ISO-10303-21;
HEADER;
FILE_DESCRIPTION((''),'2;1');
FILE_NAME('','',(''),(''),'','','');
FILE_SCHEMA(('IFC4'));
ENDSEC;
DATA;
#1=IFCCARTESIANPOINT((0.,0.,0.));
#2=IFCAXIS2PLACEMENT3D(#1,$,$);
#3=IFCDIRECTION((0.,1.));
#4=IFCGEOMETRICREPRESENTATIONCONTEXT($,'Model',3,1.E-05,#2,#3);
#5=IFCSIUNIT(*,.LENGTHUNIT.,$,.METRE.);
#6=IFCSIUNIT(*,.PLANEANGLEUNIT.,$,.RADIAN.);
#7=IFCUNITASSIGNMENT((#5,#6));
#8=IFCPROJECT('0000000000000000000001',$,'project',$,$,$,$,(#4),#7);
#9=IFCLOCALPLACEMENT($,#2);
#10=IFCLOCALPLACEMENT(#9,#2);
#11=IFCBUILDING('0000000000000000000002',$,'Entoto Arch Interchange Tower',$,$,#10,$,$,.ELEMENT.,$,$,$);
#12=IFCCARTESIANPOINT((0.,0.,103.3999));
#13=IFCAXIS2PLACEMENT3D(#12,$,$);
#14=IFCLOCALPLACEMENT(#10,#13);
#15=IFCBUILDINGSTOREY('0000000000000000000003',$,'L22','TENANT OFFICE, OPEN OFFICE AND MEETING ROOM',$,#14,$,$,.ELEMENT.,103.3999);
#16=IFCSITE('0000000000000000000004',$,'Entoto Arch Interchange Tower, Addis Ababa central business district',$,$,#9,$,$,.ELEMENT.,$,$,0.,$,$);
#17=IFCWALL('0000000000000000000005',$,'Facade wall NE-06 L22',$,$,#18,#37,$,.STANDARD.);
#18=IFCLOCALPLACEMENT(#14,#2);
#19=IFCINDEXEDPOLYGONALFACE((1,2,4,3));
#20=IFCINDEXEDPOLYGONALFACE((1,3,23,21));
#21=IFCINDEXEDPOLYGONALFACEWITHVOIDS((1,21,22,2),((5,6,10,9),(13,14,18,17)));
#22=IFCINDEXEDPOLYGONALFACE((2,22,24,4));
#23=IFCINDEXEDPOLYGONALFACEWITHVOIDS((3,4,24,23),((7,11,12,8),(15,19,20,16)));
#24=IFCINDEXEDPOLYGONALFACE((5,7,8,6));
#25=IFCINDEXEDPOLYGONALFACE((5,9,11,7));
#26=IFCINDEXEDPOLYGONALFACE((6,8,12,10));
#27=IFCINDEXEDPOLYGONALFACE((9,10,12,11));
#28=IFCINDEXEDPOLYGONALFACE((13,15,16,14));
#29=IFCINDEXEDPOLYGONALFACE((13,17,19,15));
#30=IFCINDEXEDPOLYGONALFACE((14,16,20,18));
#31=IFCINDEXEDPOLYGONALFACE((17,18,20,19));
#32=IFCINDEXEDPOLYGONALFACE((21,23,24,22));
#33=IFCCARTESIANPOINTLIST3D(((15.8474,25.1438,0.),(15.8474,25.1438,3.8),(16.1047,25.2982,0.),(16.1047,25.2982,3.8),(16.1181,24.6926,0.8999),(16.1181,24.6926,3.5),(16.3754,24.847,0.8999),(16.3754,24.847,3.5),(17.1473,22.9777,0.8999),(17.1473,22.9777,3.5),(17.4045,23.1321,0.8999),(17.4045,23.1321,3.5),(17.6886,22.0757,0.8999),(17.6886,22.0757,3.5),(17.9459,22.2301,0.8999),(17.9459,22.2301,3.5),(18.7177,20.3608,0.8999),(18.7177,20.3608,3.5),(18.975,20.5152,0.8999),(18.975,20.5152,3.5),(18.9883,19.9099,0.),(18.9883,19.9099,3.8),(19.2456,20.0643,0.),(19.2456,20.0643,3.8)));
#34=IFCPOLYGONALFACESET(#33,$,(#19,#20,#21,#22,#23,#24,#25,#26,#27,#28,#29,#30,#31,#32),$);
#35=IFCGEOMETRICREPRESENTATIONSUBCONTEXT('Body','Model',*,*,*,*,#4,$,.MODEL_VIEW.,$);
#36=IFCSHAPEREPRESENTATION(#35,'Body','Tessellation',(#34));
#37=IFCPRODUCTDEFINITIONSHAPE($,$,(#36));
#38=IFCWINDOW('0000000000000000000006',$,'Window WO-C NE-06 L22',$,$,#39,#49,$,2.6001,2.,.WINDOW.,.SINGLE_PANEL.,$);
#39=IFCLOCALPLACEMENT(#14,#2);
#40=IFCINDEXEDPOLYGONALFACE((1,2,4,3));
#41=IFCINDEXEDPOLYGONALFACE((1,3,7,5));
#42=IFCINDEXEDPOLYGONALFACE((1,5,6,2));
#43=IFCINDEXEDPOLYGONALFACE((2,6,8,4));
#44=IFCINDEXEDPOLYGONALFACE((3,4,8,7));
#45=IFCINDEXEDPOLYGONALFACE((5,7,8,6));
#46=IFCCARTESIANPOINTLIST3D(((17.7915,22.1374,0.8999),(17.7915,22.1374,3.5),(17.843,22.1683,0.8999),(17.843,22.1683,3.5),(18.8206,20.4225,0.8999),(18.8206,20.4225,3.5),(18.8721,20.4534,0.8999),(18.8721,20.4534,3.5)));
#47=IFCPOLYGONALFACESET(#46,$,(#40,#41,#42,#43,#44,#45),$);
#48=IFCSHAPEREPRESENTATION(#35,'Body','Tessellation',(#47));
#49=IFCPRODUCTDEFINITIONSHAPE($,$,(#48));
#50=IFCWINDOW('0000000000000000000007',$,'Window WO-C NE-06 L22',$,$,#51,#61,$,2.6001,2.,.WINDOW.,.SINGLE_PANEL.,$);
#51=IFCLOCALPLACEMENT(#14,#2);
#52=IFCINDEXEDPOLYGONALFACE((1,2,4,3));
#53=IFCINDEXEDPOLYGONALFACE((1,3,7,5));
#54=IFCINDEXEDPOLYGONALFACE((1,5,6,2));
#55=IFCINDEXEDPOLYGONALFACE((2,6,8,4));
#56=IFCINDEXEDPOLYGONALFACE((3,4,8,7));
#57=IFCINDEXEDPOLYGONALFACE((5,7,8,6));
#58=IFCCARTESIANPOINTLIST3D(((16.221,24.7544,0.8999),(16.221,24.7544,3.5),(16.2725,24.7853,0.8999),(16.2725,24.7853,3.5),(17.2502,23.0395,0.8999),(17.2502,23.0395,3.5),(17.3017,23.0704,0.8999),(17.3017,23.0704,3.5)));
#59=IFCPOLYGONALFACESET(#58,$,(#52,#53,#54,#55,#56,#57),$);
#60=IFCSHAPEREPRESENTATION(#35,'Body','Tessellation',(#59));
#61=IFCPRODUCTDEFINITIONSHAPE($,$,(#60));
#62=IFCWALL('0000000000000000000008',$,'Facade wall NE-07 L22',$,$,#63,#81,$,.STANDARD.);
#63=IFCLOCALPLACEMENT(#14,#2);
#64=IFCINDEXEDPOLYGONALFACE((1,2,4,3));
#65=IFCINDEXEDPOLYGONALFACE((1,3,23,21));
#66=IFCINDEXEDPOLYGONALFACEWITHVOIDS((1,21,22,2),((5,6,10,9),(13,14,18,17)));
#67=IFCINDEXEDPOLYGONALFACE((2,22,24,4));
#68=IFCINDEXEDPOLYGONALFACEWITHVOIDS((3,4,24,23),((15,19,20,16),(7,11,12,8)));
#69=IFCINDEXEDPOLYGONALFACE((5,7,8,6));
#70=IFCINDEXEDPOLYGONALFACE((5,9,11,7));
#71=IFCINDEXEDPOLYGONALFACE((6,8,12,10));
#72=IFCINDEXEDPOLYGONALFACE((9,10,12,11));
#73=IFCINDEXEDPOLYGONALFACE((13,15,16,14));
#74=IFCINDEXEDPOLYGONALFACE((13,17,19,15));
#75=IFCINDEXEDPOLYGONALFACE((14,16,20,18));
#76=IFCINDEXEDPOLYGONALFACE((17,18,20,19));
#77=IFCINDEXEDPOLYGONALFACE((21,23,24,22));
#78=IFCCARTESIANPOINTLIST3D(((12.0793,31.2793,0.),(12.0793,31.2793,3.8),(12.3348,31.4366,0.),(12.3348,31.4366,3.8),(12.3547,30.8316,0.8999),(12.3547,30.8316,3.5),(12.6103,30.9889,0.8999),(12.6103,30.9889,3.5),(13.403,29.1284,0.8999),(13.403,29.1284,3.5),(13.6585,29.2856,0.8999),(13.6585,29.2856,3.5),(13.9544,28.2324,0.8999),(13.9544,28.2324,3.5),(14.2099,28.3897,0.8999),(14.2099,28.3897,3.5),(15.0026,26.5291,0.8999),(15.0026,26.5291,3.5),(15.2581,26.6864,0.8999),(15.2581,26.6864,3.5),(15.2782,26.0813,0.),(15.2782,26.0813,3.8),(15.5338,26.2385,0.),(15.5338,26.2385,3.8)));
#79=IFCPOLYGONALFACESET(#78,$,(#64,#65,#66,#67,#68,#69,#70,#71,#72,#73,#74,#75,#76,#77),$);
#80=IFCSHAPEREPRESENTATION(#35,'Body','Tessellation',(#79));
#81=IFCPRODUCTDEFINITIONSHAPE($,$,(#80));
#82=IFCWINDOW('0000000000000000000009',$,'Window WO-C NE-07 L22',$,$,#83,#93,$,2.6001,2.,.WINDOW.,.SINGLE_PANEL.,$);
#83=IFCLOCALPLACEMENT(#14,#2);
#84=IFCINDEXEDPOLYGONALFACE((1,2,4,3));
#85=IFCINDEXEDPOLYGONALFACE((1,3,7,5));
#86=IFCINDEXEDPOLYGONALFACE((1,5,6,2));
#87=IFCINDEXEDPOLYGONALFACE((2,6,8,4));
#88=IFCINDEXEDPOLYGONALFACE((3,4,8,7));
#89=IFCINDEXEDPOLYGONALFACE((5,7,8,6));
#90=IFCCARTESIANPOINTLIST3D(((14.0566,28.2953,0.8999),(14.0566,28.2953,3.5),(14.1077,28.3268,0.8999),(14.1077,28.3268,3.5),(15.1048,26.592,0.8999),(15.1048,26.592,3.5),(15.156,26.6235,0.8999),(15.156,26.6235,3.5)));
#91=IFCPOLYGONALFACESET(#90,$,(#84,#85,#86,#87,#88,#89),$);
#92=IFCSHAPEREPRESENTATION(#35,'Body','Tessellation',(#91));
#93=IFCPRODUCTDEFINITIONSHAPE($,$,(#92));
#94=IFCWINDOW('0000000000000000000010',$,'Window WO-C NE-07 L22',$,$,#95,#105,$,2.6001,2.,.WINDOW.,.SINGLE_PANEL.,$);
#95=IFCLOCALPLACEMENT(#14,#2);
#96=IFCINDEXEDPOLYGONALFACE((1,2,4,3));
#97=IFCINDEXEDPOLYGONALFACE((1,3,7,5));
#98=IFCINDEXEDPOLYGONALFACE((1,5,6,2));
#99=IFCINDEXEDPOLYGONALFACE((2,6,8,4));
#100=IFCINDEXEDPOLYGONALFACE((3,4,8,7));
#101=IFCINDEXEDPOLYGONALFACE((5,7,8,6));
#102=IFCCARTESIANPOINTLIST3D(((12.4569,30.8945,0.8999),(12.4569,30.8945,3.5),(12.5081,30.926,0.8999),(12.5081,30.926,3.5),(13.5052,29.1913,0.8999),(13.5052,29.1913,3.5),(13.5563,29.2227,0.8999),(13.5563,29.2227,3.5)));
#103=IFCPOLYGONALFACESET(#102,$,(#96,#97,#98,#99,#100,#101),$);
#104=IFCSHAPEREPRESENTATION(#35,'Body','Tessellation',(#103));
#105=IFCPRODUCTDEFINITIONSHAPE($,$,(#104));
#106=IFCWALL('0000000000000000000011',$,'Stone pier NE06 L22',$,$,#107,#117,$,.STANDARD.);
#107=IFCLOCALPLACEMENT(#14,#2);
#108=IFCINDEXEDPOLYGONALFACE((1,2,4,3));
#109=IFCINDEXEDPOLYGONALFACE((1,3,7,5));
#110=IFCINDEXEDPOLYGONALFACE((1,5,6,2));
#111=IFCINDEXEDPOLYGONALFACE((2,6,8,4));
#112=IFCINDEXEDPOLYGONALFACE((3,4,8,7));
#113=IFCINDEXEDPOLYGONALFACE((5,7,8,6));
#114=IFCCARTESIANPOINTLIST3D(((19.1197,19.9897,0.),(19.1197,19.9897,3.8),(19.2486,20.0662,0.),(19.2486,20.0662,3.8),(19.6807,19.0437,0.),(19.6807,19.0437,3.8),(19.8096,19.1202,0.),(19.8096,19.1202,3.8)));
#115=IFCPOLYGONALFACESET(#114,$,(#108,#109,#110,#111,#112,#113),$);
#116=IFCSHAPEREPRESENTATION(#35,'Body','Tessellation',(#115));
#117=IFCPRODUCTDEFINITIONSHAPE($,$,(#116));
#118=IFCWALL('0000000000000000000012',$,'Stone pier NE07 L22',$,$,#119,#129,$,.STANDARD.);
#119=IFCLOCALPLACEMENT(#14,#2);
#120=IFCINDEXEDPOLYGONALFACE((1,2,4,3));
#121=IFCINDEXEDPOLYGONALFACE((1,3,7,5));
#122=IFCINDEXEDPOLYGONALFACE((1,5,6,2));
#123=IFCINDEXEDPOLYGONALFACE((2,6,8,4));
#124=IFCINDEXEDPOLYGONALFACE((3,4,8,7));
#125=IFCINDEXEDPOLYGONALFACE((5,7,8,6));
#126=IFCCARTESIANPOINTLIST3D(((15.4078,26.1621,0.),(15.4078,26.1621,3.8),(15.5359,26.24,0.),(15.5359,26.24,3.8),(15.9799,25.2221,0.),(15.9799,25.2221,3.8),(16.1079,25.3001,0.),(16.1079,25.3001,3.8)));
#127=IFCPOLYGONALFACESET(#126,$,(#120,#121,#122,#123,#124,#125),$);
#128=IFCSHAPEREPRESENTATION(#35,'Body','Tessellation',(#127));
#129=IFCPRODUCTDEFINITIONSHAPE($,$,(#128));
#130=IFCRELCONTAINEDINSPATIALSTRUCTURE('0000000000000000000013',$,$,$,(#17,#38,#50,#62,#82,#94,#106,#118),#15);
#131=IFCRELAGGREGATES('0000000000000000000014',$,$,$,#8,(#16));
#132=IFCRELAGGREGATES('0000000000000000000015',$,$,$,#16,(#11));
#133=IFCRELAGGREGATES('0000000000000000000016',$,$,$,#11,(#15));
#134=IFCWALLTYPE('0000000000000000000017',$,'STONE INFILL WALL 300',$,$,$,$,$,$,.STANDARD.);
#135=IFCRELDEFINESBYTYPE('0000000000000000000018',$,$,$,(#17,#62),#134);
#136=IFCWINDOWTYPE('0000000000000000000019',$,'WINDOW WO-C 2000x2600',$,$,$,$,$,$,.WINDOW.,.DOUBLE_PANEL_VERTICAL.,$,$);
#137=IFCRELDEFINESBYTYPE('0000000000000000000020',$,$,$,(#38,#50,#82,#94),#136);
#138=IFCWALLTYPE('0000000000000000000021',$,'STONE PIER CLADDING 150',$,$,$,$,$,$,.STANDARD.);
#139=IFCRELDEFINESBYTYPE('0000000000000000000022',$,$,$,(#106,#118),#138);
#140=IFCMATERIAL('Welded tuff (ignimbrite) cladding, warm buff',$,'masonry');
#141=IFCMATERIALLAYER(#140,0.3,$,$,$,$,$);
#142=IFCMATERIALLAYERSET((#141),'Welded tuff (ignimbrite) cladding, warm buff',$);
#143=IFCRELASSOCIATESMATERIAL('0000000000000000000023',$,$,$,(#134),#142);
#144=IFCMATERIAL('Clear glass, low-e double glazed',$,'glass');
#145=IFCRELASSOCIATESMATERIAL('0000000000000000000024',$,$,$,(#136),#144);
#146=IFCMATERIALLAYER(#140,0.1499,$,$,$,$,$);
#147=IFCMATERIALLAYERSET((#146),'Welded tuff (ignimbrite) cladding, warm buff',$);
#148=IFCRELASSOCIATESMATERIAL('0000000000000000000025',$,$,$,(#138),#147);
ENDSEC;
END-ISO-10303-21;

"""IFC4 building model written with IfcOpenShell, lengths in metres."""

from ifc_helpers import new_model, si_unit, direction, frame, frame_2d, origin, place, context, subcontext, project, spatial, rectangle, extrude, material, layer, layer_set, type_object, element, fill, save


model = new_model("IFC4")

# Units and contexts
model_context = context("Model", 3, precision=1e-05, world=origin(), true_north=direction((0.0, 1.0)))
body_context = subcontext(model_context, "Body", "Model", "MODEL_VIEW")
ifc_project = project(units=[si_unit("LENGTHUNIT", "METRE"), si_unit("PLANEANGLEUNIT", "RADIAN")], contexts=[model_context])

# Site, building, storey
site_placement = place(None, origin())
site = spatial("IfcSite", under=ifc_project, at=site_placement, Name="Entoto Arch Interchange Tower, Addis Ababa central business district", CompositionType="ELEMENT", RefElevation=0.0)
building_placement = place(site_placement, origin())
building = spatial("IfcBuilding", under=site, at=building_placement, Name="Entoto Arch Interchange Tower", CompositionType="ELEMENT")
storey_placement = place(building_placement, frame((0.0, 0.0, 103.3999)))
storey = spatial("IfcBuildingStorey", under=building, at=storey_placement, Name="L22", Description="TENANT OFFICE, OPEN OFFICE AND MEETING ROOM", CompositionType="ELEMENT", Elevation=103.3999)

# Walls, openings, windows
ifc_material_1 = material(Name="Welded tuff (ignimbrite) cladding, warm buff", Category="masonry")
ifc_layer_1 = layer(ifc_material_1, 0.3)
ifc_layer_set_1 = layer_set([ifc_layer_1], Name="Welded tuff (ignimbrite) cladding, warm buff")
wall_type_1 = type_object("IfcWallType", Name="STONE INFILL WALL 300", PredefinedType="STANDARD", material=ifc_layer_set_1)
wall_1_placement = place(storey_placement, frame((19.1169, 19.9871, 0.0), z_axis=(0.0, 0.0, 1.0), x_axis=(-0.51456, 0.857454, 0.0)))
wall_1 = element("IfcWall", 1, at=wall_1_placement, inside=storey, type_object=wall_type_1, Name="Facade wall NE-06 L22", PredefinedType="STANDARD", context=body_context, shape_type="SweptSolid", body=[
    extrude(rectangle(XDim=6.104, YDim=0.3, at=frame_2d((3.052, 0.0))), origin(), (0.0, 0.0, 1.0), 3.8),
])
opening_1_placement = place(wall_1_placement, frame((0.5259, 0.0, 0.8999)))
opening_1 = element("IfcOpeningElement", 2, at=opening_1_placement, cuts=wall_1, PredefinedType="OPENING", context=body_context, shape_type="SweptSolid", body=[
    extrude(rectangle(XDim=2.0, YDim=2.6001, at=frame_2d((1.0, 1.3))), frame((0.0, 0.1602, 0.0), z_axis=(0.0, -1.0, 0.0), x_axis=(1.0, 0.0, 0.0)), (0.0, 0.0, 1.0), 0.3201),
])
opening_2_placement = place(wall_1_placement, frame((3.5779, 0.0, 0.8999)))
opening_2 = element("IfcOpeningElement", 3, at=opening_2_placement, cuts=wall_1, PredefinedType="OPENING", context=body_context, shape_type="SweptSolid", body=[
    extrude(rectangle(XDim=2.0, YDim=2.6001, at=frame_2d((1.0, 1.3))), frame((0.0, 0.1602, 0.0), z_axis=(0.0, -1.0, 0.0), x_axis=(1.0, 0.0, 0.0)), (0.0, 0.0, 1.0), 0.3201),
])
ifc_material_2 = material(Name="Clear glass, low-e double glazed", Category="glass")
window_type = type_object("IfcWindowType", Name="WINDOW WO-C 2000x2600", PartitioningType="DOUBLE_PANEL_VERTICAL", PredefinedType="WINDOW", material=ifc_material_2)
window_1_placement = place(opening_1_placement, origin())
window_1 = element("IfcWindow", 4, at=window_1_placement, inside=storey, type_object=window_type, Name="Window WO-C NE-06 L22", OverallHeight=2.6001, OverallWidth=2.0, PartitioningType="SINGLE_PANEL", PredefinedType="WINDOW", context=body_context, shape_type="SweptSolid", body=[
    extrude(rectangle(XDim=2.0, YDim=2.6001, at=frame_2d((1.0, 1.3))), frame((0.0, 0.03, 0.0), z_axis=(0.0, -1.0, 0.0), x_axis=(1.0, 0.0, 0.0)), (0.0, 0.0, 1.0), 0.0601),
])
fill(opening_1, window_1)
window_2_placement = place(opening_2_placement, origin())
window_2 = element("IfcWindow", 5, at=window_2_placement, inside=storey, type_object=window_type, Name="Window WO-C NE-06 L22", OverallHeight=2.6001, OverallWidth=2.0, PartitioningType="SINGLE_PANEL", PredefinedType="WINDOW", context=body_context, shape_type="SweptSolid", body=[
    extrude(rectangle(XDim=2.0, YDim=2.6001, at=frame_2d((1.0, 1.3))), frame((0.0, 0.03, 0.0), z_axis=(0.0, -1.0, 0.0), x_axis=(1.0, 0.0, 0.0)), (0.0, 0.0, 1.0), 0.0601),
])
fill(opening_2, window_2)
wall_2_placement = place(storey_placement, frame((15.406, 26.1599, 0.0), z_axis=(0.0, 0.0, 1.0), x_axis=(-0.524122, 0.851643, 0.0)))
wall_2 = element("IfcWall", 6, at=wall_2_placement, inside=storey, type_object=wall_type_1, Name="Facade wall NE-07 L22", PredefinedType="STANDARD", context=body_context, shape_type="SweptSolid", body=[
    extrude(rectangle(XDim=6.1035, YDim=0.3, at=frame_2d((3.0518, 0.0))), origin(), (0.0, 0.0, 1.0), 3.8),
])
opening_3_placement = place(wall_2_placement, frame((0.5259, 0.0, 0.8999)))
opening_3 = element("IfcOpeningElement", 7, at=opening_3_placement, cuts=wall_2, PredefinedType="OPENING", context=body_context, shape_type="SweptSolid", body=[
    extrude(rectangle(XDim=2.0, YDim=2.6001, at=frame_2d((1.0, 1.3))), frame((0.0, 0.1602, 0.0), z_axis=(0.0, -1.0, 0.0), x_axis=(1.0, 0.0, 0.0)), (0.0, 0.0, 1.0), 0.3201),
])
opening_4_placement = place(wall_2_placement, frame((3.5779, 0.0, 0.8999)))
opening_4 = element("IfcOpeningElement", 8, at=opening_4_placement, cuts=wall_2, PredefinedType="OPENING", context=body_context, shape_type="SweptSolid", body=[
    extrude(rectangle(XDim=2.0, YDim=2.6001, at=frame_2d((1.0, 1.3))), frame((0.0, 0.1602, 0.0), z_axis=(0.0, -1.0, 0.0), x_axis=(1.0, 0.0, 0.0)), (0.0, 0.0, 1.0), 0.3201),
])
window_3_placement = place(opening_3_placement, origin())
window_3 = element("IfcWindow", 9, at=window_3_placement, inside=storey, type_object=window_type, Name="Window WO-C NE-07 L22", OverallHeight=2.6001, OverallWidth=2.0, PartitioningType="SINGLE_PANEL", PredefinedType="WINDOW", context=body_context, shape_type="SweptSolid", body=[
    extrude(rectangle(XDim=2.0, YDim=2.6001, at=frame_2d((1.0, 1.3))), frame((0.0, 0.03, 0.0), z_axis=(0.0, -1.0, 0.0), x_axis=(1.0, 0.0, 0.0)), (0.0, 0.0, 1.0), 0.0601),
])
fill(opening_3, window_3)
window_4_placement = place(opening_4_placement, origin())
window_4 = element("IfcWindow", 10, at=window_4_placement, inside=storey, type_object=window_type, Name="Window WO-C NE-07 L22", OverallHeight=2.6001, OverallWidth=2.0, PartitioningType="SINGLE_PANEL", PredefinedType="WINDOW", context=body_context, shape_type="SweptSolid", body=[
    extrude(rectangle(XDim=2.0, YDim=2.6001, at=frame_2d((1.0, 1.3))), frame((0.0, 0.03, 0.0), z_axis=(0.0, -1.0, 0.0), x_axis=(1.0, 0.0, 0.0)), (0.0, 0.0, 1.0), 0.0601),
])
fill(opening_4, window_4)

# Walls
ifc_layer_2 = layer(ifc_material_1, 0.1499)
ifc_layer_set_2 = layer_set([ifc_layer_2], Name="Welded tuff (ignimbrite) cladding, warm buff")
wall_type_2 = type_object("IfcWallType", Name="STONE PIER CLADDING 150", PredefinedType="STANDARD", material=ifc_layer_set_2)
wall_3_placement = place(storey_placement, frame((19.7451, 19.082, 0.0), z_axis=(0.0, 0.0, 1.0), x_axis=(-0.510082, 0.860126, 0.0)))
element("IfcWall", 11, at=wall_3_placement, inside=storey, type_object=wall_type_2, Name="Stone pier NE06 L22", PredefinedType="STANDARD", context=body_context, shape_type="SweptSolid", body=[
    extrude(rectangle(XDim=1.0999, YDim=0.1499, at=frame_2d((0.5498, 0.0))), origin(), (0.0, 0.0, 1.0), 3.8),
])
wall_4_placement = place(storey_placement, frame((16.0439, 25.261, 0.0), z_axis=(0.0, 0.0, 1.0), x_axis=(-0.51987, 0.854246, 0.0)))
element("IfcWall", 12, at=wall_4_placement, inside=storey, type_object=wall_type_2, Name="Stone pier NE07 L22", PredefinedType="STANDARD", context=body_context, shape_type="SweptSolid", body=[
    extrude(rectangle(XDim=1.1003, YDim=0.1499, at=frame_2d((0.5503, 0.0))), origin(), (0.0, 0.0, 1.0), 3.8),
])

save(model, "model.ifc")
